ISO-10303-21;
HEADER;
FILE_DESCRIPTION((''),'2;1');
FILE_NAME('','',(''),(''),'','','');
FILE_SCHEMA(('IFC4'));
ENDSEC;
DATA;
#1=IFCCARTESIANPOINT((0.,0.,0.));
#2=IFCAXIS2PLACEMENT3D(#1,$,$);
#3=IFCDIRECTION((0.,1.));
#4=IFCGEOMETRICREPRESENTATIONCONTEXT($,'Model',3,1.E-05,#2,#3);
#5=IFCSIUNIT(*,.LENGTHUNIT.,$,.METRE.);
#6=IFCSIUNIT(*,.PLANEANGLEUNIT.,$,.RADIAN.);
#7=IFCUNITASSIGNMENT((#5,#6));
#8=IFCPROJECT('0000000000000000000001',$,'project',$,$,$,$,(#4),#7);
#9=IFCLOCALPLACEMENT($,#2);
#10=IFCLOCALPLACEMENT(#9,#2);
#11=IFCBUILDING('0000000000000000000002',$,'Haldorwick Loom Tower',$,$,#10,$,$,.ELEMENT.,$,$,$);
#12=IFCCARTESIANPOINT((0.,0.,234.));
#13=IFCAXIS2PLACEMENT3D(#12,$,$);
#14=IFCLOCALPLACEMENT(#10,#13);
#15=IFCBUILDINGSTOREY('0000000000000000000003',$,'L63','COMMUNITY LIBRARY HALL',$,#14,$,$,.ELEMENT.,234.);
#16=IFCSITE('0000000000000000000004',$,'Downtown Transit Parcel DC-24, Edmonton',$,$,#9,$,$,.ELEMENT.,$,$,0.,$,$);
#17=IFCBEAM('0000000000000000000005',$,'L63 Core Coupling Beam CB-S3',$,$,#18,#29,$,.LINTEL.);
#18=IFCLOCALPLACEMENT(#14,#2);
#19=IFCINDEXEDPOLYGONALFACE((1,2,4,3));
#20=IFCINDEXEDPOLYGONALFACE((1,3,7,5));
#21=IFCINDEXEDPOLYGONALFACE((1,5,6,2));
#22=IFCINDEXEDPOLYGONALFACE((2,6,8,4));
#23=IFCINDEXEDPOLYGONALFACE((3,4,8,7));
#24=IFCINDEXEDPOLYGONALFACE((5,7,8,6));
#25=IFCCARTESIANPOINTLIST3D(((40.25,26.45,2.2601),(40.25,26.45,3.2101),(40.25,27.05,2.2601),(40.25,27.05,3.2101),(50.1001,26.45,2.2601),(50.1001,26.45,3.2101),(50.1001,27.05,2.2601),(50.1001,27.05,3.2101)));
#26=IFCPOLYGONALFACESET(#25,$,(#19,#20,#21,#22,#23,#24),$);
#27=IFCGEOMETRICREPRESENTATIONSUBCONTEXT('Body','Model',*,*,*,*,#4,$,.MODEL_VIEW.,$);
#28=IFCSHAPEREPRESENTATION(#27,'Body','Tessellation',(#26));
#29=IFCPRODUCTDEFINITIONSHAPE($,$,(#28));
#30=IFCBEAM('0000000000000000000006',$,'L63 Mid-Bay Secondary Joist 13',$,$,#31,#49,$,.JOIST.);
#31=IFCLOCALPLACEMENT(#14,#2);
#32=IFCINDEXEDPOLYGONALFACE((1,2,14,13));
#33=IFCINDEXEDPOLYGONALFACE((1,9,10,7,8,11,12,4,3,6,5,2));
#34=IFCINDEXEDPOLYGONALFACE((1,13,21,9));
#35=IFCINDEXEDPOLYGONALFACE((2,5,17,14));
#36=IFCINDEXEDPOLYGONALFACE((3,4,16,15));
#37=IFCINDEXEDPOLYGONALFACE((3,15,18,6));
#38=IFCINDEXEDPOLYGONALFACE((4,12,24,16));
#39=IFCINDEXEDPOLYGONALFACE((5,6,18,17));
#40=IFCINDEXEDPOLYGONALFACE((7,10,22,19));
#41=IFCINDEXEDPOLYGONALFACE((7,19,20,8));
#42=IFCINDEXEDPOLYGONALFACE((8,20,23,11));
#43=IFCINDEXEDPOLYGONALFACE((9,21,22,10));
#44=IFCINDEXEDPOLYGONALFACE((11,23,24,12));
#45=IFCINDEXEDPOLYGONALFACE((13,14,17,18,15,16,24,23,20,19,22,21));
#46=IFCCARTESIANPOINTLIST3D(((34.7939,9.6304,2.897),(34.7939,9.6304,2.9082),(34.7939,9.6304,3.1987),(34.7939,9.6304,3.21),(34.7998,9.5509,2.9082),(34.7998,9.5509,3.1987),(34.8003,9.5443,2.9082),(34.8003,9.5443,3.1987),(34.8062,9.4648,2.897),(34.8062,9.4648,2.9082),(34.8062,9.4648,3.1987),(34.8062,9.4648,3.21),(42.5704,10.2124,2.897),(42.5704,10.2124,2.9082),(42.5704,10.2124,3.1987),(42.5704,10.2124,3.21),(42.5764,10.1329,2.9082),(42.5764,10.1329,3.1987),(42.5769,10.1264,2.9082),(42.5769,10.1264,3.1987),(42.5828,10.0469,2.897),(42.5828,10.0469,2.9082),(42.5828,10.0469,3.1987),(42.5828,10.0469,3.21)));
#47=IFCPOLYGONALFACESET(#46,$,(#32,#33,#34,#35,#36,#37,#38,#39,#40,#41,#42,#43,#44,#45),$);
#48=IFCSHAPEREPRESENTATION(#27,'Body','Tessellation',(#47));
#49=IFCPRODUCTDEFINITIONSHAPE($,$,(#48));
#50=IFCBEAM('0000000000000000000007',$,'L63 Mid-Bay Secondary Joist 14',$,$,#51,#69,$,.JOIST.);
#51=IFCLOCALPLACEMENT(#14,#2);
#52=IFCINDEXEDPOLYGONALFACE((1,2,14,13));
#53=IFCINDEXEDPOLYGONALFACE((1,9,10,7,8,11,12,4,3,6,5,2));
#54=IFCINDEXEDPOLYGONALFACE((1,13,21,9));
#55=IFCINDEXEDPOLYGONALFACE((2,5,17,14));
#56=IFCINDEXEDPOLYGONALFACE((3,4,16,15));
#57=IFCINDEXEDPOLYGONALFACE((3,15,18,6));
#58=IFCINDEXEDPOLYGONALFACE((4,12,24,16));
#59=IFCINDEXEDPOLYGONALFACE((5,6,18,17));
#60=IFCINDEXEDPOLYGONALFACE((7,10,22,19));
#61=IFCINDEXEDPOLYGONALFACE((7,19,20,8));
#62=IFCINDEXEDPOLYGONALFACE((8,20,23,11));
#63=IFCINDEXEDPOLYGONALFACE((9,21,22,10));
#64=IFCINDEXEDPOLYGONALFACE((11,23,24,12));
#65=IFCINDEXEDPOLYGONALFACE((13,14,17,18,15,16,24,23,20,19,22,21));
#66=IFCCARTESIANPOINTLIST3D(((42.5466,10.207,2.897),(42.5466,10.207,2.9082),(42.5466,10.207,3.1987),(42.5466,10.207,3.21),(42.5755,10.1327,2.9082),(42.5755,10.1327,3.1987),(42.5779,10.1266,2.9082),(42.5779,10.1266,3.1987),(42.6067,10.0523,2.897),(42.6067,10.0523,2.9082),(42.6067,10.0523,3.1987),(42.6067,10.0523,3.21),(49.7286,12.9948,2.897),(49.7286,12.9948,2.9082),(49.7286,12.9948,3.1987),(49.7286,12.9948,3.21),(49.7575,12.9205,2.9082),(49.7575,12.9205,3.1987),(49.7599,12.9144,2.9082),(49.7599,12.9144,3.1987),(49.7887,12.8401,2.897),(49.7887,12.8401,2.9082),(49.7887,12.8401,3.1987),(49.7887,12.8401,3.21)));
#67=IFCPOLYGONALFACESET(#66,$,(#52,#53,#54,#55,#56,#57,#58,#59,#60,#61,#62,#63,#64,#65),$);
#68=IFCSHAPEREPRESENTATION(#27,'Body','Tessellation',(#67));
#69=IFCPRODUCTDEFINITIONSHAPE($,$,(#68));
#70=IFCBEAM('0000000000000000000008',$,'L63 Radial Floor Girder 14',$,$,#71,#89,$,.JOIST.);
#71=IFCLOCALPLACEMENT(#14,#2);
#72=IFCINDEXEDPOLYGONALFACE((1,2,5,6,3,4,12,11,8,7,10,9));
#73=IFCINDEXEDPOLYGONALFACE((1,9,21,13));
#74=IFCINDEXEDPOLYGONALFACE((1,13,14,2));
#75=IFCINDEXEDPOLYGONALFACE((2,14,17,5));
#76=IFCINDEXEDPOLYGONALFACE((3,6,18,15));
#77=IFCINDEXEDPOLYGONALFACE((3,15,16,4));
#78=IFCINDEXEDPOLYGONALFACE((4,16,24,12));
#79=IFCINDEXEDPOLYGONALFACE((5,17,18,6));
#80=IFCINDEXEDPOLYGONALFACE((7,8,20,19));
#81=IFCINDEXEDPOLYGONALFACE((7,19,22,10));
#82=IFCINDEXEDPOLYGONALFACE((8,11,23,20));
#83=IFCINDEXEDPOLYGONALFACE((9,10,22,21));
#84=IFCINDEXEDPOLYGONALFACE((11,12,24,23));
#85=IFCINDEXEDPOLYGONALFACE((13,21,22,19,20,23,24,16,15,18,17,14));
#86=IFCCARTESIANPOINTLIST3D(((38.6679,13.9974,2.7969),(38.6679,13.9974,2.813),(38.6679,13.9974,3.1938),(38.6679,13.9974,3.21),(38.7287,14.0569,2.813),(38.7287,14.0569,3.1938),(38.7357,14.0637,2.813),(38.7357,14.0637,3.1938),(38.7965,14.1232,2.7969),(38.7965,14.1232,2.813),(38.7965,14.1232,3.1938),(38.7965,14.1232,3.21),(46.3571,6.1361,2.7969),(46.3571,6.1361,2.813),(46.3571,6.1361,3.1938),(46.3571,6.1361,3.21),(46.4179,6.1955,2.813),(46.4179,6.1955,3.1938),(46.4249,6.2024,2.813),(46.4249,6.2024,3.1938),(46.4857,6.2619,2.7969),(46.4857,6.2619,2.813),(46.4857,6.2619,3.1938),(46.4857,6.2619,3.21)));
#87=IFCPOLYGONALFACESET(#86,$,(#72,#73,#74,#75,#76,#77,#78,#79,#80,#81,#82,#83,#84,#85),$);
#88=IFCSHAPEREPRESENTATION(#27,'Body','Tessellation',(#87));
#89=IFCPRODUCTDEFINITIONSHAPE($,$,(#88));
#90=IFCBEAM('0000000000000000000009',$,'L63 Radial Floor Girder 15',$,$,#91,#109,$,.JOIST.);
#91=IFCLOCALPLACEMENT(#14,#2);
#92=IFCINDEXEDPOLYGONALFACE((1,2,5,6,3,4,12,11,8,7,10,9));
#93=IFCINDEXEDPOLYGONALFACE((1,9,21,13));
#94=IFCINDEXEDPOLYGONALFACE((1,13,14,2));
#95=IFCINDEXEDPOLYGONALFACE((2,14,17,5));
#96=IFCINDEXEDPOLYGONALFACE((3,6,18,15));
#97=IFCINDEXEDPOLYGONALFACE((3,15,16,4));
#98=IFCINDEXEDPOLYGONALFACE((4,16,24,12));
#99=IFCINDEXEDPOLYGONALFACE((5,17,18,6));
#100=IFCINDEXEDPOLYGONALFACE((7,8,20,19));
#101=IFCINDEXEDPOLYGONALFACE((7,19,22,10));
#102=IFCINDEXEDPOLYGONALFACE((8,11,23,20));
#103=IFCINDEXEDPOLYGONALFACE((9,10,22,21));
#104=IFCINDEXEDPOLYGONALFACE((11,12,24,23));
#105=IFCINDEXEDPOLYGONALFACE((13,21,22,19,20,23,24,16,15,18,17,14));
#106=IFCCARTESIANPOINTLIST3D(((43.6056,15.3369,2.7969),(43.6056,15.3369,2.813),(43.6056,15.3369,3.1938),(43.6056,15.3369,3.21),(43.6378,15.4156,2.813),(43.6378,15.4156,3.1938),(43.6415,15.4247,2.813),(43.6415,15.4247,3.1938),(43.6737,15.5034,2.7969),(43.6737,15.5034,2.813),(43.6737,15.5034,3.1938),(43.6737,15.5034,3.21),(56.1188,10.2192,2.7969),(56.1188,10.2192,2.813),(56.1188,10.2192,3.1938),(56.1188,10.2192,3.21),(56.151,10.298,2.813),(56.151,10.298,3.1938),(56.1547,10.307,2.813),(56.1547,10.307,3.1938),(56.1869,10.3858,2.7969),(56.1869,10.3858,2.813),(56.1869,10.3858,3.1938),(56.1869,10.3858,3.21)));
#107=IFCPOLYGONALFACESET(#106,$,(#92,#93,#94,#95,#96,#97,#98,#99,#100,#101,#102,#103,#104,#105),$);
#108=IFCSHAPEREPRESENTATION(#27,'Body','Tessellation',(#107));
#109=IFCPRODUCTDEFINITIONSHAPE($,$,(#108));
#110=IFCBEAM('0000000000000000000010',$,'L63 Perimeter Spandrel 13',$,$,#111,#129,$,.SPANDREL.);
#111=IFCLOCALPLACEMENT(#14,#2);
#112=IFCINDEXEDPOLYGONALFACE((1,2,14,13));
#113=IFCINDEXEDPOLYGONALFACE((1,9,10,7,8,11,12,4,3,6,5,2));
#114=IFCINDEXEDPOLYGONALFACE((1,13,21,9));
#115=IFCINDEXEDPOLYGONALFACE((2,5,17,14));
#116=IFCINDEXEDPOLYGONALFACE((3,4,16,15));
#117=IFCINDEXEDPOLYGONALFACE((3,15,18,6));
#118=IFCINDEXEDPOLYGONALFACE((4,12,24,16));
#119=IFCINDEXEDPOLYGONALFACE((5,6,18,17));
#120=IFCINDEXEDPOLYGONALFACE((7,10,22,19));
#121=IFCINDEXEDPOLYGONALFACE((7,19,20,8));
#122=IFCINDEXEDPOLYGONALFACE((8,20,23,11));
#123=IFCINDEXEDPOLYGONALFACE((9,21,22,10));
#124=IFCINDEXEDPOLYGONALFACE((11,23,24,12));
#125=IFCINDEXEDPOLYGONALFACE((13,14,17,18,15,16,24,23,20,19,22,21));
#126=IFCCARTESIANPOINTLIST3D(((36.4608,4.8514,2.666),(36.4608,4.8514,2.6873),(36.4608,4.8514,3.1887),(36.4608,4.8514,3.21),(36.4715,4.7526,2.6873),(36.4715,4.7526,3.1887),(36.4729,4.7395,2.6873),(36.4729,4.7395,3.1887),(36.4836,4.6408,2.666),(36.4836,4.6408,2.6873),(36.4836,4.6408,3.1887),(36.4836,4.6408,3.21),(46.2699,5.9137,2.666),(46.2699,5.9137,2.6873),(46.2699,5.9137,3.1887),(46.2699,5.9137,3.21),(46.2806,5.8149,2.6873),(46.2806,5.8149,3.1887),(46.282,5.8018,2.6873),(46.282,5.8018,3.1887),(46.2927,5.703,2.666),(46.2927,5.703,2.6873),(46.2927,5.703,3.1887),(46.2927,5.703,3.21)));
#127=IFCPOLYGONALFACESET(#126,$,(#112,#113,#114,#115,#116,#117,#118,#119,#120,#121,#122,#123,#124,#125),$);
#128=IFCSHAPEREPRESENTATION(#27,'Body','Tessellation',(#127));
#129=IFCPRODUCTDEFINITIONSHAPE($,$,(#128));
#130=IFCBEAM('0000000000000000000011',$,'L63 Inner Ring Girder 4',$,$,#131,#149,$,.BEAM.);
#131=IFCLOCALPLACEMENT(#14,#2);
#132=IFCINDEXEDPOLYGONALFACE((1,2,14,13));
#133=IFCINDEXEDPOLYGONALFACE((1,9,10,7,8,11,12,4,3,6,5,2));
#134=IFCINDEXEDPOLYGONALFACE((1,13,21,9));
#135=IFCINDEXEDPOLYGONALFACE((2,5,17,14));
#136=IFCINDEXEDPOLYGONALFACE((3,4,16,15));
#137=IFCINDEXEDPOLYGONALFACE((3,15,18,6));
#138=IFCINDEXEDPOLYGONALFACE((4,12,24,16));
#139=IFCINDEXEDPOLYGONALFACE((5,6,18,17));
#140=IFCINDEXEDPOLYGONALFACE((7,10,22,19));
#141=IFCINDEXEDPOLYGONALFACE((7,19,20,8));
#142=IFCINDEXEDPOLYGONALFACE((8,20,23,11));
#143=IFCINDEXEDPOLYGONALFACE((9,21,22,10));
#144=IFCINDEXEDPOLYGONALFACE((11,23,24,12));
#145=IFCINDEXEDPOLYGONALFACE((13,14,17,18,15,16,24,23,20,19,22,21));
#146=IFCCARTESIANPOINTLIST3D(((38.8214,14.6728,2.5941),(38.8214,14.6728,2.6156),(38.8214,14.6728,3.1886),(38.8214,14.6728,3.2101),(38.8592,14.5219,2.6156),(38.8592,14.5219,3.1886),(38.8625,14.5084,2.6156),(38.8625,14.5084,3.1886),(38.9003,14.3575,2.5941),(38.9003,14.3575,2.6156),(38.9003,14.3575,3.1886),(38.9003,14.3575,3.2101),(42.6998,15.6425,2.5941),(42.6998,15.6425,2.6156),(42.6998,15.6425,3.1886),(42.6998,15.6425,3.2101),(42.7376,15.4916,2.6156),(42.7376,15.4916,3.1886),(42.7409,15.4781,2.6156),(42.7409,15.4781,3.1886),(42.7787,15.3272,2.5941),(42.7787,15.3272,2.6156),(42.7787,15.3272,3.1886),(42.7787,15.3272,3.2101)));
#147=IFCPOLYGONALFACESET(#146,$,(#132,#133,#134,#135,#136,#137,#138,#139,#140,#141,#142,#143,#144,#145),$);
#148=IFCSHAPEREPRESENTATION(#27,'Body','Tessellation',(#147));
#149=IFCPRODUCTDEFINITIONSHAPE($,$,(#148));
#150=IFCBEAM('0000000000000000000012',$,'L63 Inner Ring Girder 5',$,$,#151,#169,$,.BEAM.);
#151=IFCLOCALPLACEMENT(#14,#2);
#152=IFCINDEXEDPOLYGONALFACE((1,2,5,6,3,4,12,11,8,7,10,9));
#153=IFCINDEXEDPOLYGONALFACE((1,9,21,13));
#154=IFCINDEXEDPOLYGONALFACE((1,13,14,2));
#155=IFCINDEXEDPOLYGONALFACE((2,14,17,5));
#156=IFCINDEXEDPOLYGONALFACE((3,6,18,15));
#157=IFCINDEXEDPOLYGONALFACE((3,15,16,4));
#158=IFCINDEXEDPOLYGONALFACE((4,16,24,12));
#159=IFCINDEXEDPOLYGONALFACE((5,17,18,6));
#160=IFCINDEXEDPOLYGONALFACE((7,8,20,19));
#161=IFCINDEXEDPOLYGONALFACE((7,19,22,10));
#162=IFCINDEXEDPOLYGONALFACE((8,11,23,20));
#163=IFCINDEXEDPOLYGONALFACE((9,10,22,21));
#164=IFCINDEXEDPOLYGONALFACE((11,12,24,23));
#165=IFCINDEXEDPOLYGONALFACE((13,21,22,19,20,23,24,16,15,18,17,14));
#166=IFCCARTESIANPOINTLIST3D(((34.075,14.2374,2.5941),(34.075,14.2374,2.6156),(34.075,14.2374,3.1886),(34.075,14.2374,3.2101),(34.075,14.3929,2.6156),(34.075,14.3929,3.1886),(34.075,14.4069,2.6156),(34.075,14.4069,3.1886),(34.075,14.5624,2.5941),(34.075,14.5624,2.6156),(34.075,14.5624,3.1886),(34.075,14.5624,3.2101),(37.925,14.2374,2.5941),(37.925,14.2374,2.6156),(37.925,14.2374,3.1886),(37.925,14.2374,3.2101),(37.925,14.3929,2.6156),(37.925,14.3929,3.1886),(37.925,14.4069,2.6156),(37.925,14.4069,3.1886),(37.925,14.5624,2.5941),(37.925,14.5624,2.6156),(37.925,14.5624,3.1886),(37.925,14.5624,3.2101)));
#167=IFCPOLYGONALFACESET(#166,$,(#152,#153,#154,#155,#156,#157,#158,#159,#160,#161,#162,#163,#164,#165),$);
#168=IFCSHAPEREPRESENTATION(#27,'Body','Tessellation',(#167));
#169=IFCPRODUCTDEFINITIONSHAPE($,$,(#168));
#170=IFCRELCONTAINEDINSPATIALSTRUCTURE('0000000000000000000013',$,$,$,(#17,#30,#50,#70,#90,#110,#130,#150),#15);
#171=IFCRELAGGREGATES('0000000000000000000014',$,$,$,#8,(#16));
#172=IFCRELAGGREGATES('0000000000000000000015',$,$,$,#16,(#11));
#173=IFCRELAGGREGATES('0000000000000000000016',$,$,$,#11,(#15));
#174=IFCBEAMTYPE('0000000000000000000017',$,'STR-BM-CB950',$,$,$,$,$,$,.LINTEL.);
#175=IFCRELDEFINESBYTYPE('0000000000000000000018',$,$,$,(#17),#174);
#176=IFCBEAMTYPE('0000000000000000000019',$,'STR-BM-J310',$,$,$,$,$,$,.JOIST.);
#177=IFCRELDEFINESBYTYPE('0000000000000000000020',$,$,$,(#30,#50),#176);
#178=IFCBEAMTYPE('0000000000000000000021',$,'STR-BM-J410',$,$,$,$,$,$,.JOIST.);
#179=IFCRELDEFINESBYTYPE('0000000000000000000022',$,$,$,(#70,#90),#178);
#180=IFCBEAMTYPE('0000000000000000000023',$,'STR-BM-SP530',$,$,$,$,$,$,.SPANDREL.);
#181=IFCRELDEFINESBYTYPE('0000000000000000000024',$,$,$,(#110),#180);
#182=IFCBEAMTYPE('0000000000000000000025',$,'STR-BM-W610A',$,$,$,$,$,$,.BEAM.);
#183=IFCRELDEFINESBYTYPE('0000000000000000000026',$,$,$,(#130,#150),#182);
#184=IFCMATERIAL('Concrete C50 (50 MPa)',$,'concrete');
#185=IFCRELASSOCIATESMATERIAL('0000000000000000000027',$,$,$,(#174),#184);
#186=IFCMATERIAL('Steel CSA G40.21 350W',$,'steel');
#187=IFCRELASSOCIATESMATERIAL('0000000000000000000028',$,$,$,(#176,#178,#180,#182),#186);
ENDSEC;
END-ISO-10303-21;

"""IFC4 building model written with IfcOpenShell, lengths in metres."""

from ifc_helpers import new_model, si_unit, direction, frame, origin, origin_2d, place, context, subcontext, project, spatial, rectangle, i_section, extrude, material, material_profile, profile_set, type_object, element, save


model = new_model("IFC4")

# Units and contexts
model_context = context("Model", 3, precision=1e-05, world=origin(), true_north=direction((0.0, 1.0)))
body_context = subcontext(model_context, "Body", "Model", "MODEL_VIEW")
ifc_project = project(units=[si_unit("LENGTHUNIT", "METRE"), si_unit("PLANEANGLEUNIT", "RADIAN")], contexts=[model_context])

# Site, building, storey
site_placement = place(None, origin())
site = spatial("IfcSite", under=ifc_project, at=site_placement, Name="Downtown Transit Parcel DC-24, Edmonton", CompositionType="ELEMENT", RefElevation=0.0)
building_placement = place(site_placement, origin())
building = spatial("IfcBuilding", under=site, at=building_placement, Name="Haldorwick Loom Tower", CompositionType="ELEMENT")
storey_placement = place(building_placement, frame((0.0, 0.0, 234.0)))
storey = spatial("IfcBuildingStorey", under=building, at=storey_placement, Name="L63", Description="COMMUNITY LIBRARY HALL", CompositionType="ELEMENT", Elevation=234.0)

# Shared definitions
ifc_material_1 = material(Name="Steel CSA G40.21 350W", Category="steel")

# Beams
ifc_material_2 = material(Name="Concrete C50 (50 MPa)", Category="concrete")
ifc_material_profile_1 = material_profile(ifc_material_2, rectangle(XDim=0.6001, YDim=0.95, at=origin_2d()), Name="RC600X950", Category="concrete")
ifc_profile_set_1 = profile_set([ifc_material_profile_1], Name="Concrete C50 (50 MPa)")
beam_type_1 = type_object("IfcBeamType", Name="STR-BM-CB950", PredefinedType="LINTEL", material=ifc_profile_set_1)
beam_1_placement = place(storey_placement, frame((40.25, 26.75, 2.7351), z_axis=(1.0, 0.0, 0.0), x_axis=(0.0, 1.0, 0.0)))
element("IfcBeam", 1, at=beam_1_placement, inside=storey, type_object=beam_type_1, Name="L63 Core Coupling Beam CB-S3", PredefinedType="LINTEL", context=body_context, shape_type="SweptSolid", body=[
    extrude(rectangle(XDim=0.6001, YDim=0.95, at=origin_2d()), origin(), (0.0, 0.0, 1.0), 9.8501),
])
ifc_material_profile_2 = material_profile(ifc_material_1, i_section(OverallWidth=0.166, OverallDepth=0.313, WebThickness=0.0066, FlangeThickness=0.0112, at=origin_2d()), Name="W310X45", Category="steel")
ifc_profile_set_2 = profile_set([ifc_material_profile_2], Name="Steel CSA G40.21 350W")
beam_type_2 = type_object("IfcBeamType", Name="STR-BM-J310", PredefinedType="JOIST", material=ifc_profile_set_2)
beam_2_placement = place(storey_placement, frame((34.8, 9.5476, 3.0535), z_axis=(0.997211, 0.074635, 0.0), x_axis=(-0.074635, 0.997211, 0.0)))
element("IfcBeam", 2, at=beam_2_placement, inside=storey, type_object=beam_type_2, Name="L63 Mid-Bay Secondary Joist 13", PredefinedType="JOIST", context=body_context, shape_type="SweptSolid", body=[
    extrude(i_section(OverallWidth=0.166, OverallDepth=0.313, WebThickness=0.0066, FlangeThickness=0.0112, at=origin_2d()), origin(), (0.0, 0.0, 1.0), 7.7983),
])
beam_3_placement = place(storey_placement, frame((42.5767, 10.1296, 3.0535), z_axis=(0.932233, 0.361859, 0.0), x_axis=(-0.361859, 0.932233, 0.0)))
element("IfcBeam", 3, at=beam_3_placement, inside=storey, type_object=beam_type_2, Name="L63 Mid-Bay Secondary Joist 14", PredefinedType="JOIST", context=body_context, shape_type="SweptSolid", body=[
    extrude(i_section(OverallWidth=0.166, OverallDepth=0.313, WebThickness=0.0066, FlangeThickness=0.0112, at=origin_2d()), origin(), (0.0, 0.0, 1.0), 7.7041),
])
ifc_material_profile_3 = material_profile(ifc_material_1, i_section(OverallWidth=0.1799, OverallDepth=0.4131, WebThickness=0.0098, FlangeThickness=0.0161, at=origin_2d()), Name="W410X74", Category="steel")
ifc_profile_set_3 = profile_set([ifc_material_profile_3], Name="Steel CSA G40.21 350W")
beam_type_3 = type_object("IfcBeamType", Name="STR-BM-J410", PredefinedType="JOIST", material=ifc_profile_set_3)
beam_4_placement = place(storey_placement, frame((38.7322, 14.0603, 3.0034), z_axis=(0.699237, -0.71489, 0.0), x_axis=(0.71489, 0.699237, 0.0)))
element("IfcBeam", 4, at=beam_4_placement, inside=storey, type_object=beam_type_3, Name="L63 Radial Floor Girder 14", PredefinedType="JOIST", context=body_context, shape_type="SweptSolid", body=[
    extrude(i_section(OverallWidth=0.1799, OverallDepth=0.4131, WebThickness=0.0098, FlangeThickness=0.0161, at=origin_2d()), origin(), (0.0, 0.0, 1.0), 10.9966),
])
beam_5_placement = place(storey_placement, frame((43.6396, 15.4202, 3.0034), z_axis=(0.925582, -0.378547, 0.0), x_axis=(0.378547, 0.925582, 0.0)))
element("IfcBeam", 5, at=beam_5_placement, inside=storey, type_object=beam_type_3, Name="L63 Radial Floor Girder 15", PredefinedType="JOIST", context=body_context, shape_type="SweptSolid", body=[
    extrude(i_section(OverallWidth=0.1799, OverallDepth=0.4131, WebThickness=0.0098, FlangeThickness=0.0161, at=origin_2d()), origin(), (0.0, 0.0, 1.0), 13.5193),
])
ifc_material_profile_4 = material_profile(ifc_material_1, i_section(OverallWidth=0.2119, OverallDepth=0.5439, WebThickness=0.0132, FlangeThickness=0.0212, at=origin_2d()), Name="W530X123", Category="steel")
ifc_profile_set_4 = profile_set([ifc_material_profile_4], Name="Steel CSA G40.21 350W")
beam_type_4 = type_object("IfcBeamType", Name="STR-BM-SP530", PredefinedType="SPANDREL", material=ifc_profile_set_4)
beam_6_placement = place(storey_placement, frame((36.4722, 4.7461, 2.938), z_axis=(0.994187, 0.107664, 0.0), x_axis=(-0.107664, 0.994187, 0.0)))
element("IfcBeam", 6, at=beam_6_placement, inside=storey, type_object=beam_type_4, Name="L63 Perimeter Spandrel 13", PredefinedType="SPANDREL", context=body_context, shape_type="SweptSolid", body=[
    extrude(i_section(OverallWidth=0.2119, OverallDepth=0.5439, WebThickness=0.0132, FlangeThickness=0.0212, at=origin_2d()), origin(), (0.0, 0.0, 1.0), 9.8665),
])
ifc_material_profile_5 = material_profile(ifc_material_1, i_section(OverallWidth=0.325, OverallDepth=0.616, WebThickness=0.0139, FlangeThickness=0.0215, at=origin_2d()), Name="W610X174", Category="steel")
ifc_profile_set_5 = profile_set([ifc_material_profile_5], Name="Steel CSA G40.21 350W")
beam_type_5 = type_object("IfcBeamType", Name="STR-BM-W610A", PredefinedType="BEAM", material=ifc_profile_set_5)
beam_7_placement = place(storey_placement, frame((42.7393, 15.4849, 2.9021), z_axis=(-0.970135, -0.242564, 0.0), x_axis=(0.242564, -0.970135, 0.0)))
element("IfcBeam", 7, at=beam_7_placement, inside=storey, type_object=beam_type_5, Name="L63 Inner Ring Girder 4", PredefinedType="BEAM", context=body_context, shape_type="SweptSolid", body=[
    extrude(i_section(OverallWidth=0.325, OverallDepth=0.616, WebThickness=0.0139, FlangeThickness=0.0215, at=origin_2d()), origin(), (0.0, 0.0, 1.0), 3.9978),
])
beam_8_placement = place(storey_placement, frame((37.925, 14.3999, 2.9021), z_axis=(-1.0, 0.0, 0.0), x_axis=(0.0, -1.0, 0.0)))
element("IfcBeam", 8, at=beam_8_placement, inside=storey, type_object=beam_type_5, Name="L63 Inner Ring Girder 5", PredefinedType="BEAM", context=body_context, shape_type="SweptSolid", body=[
    extrude(i_section(OverallWidth=0.325, OverallDepth=0.616, WebThickness=0.0139, FlangeThickness=0.0215, at=origin_2d()), origin(), (0.0, 0.0, 1.0), 3.8501),
])

save(model, "model.ifc")
